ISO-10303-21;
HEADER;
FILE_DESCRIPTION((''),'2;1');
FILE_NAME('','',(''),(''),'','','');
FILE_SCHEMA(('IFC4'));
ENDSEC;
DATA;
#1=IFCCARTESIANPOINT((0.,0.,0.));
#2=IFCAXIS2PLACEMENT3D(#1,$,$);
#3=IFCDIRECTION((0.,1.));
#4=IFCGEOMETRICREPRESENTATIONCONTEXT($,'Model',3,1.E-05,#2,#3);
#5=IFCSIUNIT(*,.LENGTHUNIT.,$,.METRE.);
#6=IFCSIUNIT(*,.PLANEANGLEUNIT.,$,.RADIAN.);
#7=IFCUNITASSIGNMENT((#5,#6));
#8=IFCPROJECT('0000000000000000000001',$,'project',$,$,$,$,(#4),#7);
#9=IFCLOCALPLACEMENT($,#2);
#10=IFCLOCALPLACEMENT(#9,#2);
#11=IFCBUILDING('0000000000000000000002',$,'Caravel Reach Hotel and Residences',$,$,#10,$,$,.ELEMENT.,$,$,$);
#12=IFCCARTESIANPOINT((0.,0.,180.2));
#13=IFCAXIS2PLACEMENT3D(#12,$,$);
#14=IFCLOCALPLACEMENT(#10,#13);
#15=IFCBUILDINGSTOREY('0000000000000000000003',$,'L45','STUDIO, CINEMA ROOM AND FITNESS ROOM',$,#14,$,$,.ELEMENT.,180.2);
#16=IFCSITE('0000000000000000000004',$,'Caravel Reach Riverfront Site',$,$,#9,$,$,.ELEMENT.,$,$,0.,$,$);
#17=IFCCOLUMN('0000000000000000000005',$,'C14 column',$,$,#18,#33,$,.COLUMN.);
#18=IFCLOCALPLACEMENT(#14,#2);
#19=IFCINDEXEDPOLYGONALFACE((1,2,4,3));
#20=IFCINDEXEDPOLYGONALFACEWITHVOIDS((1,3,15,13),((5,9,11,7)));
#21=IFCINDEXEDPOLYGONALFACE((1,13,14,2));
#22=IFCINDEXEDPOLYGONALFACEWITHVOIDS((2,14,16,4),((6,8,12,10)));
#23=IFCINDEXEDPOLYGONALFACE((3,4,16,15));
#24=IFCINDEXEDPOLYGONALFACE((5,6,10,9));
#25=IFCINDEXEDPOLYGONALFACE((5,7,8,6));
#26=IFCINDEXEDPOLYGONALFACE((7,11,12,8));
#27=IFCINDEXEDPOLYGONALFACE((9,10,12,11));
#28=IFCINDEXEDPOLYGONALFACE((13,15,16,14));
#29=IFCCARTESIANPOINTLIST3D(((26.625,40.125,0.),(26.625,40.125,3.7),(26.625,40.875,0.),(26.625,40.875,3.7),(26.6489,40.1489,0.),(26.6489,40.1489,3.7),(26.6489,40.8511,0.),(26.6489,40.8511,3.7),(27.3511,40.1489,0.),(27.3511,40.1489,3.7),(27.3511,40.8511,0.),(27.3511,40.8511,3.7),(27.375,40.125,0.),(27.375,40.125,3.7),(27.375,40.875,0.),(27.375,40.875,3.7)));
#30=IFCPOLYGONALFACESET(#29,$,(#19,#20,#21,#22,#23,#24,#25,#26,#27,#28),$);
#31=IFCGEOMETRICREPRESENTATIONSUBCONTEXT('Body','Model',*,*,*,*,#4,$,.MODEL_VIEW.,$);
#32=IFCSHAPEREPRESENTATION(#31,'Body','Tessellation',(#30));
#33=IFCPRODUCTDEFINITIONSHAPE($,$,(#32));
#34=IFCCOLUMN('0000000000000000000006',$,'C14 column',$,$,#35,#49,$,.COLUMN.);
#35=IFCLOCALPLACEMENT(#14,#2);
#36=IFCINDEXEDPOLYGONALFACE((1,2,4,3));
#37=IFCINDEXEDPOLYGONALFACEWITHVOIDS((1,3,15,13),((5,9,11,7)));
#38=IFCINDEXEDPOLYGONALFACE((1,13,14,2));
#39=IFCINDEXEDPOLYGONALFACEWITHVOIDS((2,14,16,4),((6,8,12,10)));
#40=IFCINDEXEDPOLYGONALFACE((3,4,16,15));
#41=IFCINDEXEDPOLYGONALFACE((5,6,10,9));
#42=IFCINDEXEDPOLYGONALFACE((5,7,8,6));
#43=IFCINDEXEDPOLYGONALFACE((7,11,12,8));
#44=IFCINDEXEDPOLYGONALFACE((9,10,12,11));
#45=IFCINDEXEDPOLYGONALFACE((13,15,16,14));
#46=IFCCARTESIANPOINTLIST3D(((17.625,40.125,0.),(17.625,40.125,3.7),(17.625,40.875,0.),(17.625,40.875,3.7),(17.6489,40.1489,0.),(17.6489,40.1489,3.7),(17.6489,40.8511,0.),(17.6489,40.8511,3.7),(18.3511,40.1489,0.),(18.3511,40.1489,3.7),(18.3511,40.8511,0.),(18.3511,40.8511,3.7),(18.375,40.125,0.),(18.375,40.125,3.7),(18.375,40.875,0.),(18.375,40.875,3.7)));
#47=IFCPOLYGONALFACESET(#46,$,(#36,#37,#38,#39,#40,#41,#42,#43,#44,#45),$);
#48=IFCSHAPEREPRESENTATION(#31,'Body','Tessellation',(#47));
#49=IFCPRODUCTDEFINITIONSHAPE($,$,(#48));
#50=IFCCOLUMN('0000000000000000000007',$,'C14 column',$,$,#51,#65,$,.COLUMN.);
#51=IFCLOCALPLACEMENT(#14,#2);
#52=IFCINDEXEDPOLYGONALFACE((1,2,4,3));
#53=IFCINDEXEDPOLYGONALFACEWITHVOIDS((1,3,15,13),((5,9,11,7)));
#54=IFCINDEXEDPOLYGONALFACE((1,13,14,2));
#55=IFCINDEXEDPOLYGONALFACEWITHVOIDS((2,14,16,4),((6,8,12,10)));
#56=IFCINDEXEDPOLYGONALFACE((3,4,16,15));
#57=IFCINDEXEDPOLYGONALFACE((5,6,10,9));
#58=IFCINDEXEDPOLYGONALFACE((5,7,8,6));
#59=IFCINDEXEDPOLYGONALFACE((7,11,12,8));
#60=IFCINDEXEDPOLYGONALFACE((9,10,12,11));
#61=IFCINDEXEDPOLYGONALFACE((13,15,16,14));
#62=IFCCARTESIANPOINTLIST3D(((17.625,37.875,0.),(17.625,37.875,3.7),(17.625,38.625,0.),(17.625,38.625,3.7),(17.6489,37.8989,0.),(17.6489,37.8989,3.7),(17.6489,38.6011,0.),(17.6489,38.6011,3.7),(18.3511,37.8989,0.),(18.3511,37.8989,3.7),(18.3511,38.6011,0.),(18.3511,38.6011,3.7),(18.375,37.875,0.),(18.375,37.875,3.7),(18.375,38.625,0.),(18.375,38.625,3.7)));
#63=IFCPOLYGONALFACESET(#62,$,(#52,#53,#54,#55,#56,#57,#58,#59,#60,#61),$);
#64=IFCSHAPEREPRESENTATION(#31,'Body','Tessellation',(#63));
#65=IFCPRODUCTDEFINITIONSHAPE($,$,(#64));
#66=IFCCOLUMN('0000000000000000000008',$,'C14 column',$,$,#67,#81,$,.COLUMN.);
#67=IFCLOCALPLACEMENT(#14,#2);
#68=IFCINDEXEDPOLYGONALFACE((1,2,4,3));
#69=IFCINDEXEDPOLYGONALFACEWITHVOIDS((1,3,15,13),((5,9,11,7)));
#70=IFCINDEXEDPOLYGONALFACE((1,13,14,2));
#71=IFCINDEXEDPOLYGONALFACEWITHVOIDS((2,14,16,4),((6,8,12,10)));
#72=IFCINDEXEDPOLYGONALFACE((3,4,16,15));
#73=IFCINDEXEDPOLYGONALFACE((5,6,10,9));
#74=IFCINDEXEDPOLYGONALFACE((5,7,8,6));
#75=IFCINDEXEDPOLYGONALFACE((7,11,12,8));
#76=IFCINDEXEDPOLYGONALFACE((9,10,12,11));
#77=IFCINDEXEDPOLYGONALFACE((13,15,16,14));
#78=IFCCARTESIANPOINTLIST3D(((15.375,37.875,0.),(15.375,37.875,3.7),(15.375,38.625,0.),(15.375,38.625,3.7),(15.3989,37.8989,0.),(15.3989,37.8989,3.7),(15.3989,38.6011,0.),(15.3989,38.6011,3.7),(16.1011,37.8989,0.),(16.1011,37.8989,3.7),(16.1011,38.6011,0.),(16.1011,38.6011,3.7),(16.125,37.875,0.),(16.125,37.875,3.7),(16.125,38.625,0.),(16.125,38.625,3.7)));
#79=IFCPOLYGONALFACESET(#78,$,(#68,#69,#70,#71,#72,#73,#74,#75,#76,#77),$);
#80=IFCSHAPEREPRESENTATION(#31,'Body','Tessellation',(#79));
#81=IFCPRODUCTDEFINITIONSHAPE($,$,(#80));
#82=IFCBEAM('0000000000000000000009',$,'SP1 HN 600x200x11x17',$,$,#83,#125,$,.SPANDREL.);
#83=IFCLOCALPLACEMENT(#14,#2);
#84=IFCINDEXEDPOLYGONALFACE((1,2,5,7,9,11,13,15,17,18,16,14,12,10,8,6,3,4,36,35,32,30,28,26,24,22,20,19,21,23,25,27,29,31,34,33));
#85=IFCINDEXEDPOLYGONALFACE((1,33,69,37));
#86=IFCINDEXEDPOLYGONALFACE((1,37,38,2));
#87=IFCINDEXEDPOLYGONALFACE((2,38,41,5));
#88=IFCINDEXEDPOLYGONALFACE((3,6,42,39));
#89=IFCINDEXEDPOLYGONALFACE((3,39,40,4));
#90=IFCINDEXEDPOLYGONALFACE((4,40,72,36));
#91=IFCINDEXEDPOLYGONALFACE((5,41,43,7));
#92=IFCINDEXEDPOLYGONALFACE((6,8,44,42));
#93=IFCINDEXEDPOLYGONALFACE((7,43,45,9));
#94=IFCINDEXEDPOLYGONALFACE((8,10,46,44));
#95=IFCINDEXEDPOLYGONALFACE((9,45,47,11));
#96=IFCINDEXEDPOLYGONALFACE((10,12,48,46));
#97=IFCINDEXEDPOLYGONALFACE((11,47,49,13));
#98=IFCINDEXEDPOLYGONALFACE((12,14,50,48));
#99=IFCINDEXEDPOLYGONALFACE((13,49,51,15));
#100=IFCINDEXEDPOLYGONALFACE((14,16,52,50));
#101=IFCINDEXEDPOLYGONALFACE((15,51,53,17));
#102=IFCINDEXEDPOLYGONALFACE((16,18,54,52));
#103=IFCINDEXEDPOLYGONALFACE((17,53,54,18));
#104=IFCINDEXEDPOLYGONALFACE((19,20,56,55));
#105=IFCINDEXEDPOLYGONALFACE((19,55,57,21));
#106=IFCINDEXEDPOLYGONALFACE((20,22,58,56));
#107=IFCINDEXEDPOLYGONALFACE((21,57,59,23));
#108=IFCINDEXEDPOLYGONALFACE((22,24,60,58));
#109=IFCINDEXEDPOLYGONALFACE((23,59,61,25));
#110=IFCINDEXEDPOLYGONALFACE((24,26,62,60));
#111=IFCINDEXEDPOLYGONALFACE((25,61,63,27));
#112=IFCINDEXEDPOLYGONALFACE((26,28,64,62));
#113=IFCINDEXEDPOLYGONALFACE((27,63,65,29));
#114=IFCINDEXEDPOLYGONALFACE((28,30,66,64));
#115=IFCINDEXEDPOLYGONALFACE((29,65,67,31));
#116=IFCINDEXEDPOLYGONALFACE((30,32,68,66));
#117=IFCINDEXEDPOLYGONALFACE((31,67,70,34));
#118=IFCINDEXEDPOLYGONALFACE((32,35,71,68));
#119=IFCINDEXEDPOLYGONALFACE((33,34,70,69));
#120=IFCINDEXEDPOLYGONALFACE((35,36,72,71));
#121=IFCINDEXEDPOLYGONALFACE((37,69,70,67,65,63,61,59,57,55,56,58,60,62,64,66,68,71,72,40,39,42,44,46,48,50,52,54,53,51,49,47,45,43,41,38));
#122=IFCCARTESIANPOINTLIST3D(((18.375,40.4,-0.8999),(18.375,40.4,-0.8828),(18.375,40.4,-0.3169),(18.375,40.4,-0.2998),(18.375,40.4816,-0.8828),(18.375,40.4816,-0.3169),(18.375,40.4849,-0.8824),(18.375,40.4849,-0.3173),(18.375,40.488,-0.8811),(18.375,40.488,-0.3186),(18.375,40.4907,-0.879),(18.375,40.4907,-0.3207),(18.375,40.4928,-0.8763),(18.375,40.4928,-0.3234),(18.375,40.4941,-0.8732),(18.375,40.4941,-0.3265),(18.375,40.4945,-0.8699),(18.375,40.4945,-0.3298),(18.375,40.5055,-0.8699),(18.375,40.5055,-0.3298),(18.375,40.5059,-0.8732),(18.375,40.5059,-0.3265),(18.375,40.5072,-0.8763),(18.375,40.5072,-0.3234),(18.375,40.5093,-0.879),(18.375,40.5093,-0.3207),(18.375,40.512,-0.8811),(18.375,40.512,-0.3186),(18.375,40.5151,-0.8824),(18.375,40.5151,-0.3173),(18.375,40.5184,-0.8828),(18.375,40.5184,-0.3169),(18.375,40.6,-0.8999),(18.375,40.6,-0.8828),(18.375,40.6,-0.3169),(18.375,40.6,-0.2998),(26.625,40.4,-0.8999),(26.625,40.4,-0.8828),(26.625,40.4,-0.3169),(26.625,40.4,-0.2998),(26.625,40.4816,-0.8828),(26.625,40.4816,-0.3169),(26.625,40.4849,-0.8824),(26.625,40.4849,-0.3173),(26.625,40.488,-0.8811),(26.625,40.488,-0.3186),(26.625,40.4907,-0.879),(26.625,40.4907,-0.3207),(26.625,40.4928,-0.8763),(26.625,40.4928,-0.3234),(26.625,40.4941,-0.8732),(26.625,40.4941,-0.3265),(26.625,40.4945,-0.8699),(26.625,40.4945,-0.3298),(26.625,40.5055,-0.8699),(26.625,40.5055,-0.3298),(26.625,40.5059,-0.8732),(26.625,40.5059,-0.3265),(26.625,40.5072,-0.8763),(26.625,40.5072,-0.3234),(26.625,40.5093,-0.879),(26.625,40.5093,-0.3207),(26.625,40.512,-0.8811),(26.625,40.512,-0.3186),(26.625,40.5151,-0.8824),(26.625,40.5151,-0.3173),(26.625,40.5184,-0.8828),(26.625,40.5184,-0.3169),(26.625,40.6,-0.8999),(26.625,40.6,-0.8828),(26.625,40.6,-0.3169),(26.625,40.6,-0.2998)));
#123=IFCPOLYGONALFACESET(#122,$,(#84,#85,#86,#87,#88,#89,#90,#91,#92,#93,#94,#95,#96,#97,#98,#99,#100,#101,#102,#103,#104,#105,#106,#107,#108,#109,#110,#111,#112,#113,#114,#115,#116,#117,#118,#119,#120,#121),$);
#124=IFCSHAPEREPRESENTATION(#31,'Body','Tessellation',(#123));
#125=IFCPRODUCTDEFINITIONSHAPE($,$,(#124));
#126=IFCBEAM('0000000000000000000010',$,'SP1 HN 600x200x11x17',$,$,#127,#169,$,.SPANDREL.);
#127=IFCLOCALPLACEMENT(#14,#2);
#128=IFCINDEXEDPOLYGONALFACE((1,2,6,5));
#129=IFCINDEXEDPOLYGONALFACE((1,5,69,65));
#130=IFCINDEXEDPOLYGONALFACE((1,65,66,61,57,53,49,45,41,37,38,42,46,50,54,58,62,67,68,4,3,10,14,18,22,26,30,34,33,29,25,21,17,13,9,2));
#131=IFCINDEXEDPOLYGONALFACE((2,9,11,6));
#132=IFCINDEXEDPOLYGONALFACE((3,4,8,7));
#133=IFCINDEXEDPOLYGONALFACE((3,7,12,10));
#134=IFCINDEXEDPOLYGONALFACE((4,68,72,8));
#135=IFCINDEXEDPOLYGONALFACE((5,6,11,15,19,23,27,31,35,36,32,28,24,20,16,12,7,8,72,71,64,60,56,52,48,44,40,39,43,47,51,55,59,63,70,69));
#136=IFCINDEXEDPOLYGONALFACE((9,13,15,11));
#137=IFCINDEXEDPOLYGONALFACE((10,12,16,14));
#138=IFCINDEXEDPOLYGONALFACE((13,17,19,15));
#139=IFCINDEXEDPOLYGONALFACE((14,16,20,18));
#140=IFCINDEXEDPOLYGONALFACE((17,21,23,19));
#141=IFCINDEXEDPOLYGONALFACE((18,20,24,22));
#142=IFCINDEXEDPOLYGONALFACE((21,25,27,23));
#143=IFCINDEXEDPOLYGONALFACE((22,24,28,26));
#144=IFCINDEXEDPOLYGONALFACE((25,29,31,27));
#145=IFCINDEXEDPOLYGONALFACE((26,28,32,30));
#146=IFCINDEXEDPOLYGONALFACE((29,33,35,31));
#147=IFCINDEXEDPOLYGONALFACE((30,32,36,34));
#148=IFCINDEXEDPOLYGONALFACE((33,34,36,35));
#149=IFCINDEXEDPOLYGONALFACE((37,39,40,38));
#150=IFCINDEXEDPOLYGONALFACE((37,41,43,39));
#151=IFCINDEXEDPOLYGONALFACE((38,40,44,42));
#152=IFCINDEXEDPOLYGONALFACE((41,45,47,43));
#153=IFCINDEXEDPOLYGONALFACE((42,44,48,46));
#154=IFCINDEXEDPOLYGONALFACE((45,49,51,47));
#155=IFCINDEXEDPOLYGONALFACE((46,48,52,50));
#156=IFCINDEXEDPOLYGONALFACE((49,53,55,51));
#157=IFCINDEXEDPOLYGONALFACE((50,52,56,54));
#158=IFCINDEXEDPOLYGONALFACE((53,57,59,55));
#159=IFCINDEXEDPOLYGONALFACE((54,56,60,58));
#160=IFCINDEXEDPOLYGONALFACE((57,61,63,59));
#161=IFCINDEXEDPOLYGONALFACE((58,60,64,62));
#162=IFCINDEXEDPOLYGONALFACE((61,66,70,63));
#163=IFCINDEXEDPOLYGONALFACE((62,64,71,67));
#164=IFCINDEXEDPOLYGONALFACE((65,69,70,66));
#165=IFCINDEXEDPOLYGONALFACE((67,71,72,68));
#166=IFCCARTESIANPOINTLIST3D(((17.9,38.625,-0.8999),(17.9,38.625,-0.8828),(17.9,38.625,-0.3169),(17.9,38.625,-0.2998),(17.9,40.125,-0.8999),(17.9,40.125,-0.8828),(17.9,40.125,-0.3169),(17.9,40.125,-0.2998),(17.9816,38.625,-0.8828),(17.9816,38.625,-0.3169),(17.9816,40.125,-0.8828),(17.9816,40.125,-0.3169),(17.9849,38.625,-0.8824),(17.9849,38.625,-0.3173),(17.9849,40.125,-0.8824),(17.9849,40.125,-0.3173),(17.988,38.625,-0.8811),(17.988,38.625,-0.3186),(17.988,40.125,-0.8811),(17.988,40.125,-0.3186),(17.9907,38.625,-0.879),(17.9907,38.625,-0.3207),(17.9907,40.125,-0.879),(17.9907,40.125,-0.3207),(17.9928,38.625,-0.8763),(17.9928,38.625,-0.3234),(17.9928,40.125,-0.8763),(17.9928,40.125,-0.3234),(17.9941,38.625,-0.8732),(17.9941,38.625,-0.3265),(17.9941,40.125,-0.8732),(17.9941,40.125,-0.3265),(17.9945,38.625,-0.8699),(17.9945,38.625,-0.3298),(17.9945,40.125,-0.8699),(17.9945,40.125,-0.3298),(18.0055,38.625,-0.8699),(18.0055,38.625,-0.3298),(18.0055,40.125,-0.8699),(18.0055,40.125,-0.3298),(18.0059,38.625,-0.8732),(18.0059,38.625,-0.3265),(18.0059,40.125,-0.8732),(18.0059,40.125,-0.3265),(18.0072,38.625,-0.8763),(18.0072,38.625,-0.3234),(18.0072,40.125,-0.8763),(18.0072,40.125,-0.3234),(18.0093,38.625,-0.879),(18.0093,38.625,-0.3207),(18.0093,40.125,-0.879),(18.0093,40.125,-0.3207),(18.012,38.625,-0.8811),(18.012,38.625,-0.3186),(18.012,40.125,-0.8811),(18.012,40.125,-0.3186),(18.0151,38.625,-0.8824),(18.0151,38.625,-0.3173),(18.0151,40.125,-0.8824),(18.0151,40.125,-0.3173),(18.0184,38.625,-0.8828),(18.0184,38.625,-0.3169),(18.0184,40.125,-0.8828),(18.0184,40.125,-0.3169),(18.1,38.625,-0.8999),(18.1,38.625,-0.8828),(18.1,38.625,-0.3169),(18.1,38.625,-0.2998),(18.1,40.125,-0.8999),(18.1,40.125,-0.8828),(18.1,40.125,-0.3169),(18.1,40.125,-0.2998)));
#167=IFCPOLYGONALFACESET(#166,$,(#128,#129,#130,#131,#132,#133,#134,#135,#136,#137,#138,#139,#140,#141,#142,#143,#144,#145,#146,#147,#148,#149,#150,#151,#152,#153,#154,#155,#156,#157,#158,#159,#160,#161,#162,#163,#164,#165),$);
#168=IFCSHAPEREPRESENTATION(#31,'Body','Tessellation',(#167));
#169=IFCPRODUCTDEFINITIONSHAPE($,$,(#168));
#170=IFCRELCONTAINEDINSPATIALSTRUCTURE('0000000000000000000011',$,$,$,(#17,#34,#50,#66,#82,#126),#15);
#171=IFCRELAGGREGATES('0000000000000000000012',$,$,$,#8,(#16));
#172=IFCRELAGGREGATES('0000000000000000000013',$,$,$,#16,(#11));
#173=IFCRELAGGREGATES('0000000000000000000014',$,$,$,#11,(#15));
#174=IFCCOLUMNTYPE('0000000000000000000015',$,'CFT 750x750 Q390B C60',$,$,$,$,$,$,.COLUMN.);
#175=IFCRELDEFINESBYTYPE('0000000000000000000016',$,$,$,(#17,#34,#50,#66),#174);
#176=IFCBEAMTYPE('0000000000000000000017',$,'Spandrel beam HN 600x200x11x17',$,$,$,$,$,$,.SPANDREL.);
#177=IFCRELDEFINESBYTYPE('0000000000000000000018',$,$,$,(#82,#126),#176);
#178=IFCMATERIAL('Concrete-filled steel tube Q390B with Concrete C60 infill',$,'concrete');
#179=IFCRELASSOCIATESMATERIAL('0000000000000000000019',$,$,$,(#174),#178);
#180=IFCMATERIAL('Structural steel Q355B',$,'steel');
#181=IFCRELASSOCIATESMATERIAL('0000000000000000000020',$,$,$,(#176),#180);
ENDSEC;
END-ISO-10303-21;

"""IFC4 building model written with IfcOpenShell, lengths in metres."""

from ifc_helpers import new_model, si_unit, direction, frame, origin, origin_2d, place, context, subcontext, project, spatial, hollow_rectangle, i_section, extrude, material, material_profile, profile_set, type_object, element, save


model = new_model("IFC4")

# Units and contexts
model_context = context("Model", 3, precision=1e-05, world=origin(), true_north=direction((0.0, 1.0)))
body_context = subcontext(model_context, "Body", "Model", "MODEL_VIEW")
ifc_project = project(units=[si_unit("LENGTHUNIT", "METRE"), si_unit("PLANEANGLEUNIT", "RADIAN")], contexts=[model_context])

# Site, building, storey
site_placement = place(None, origin())
site = spatial("IfcSite", under=ifc_project, at=site_placement, Name="Caravel Reach Riverfront Site", CompositionType="ELEMENT", RefElevation=0.0)
building_placement = place(site_placement, origin())
building = spatial("IfcBuilding", under=site, at=building_placement, Name="Caravel Reach Hotel and Residences", CompositionType="ELEMENT")
storey_placement = place(building_placement, frame((0.0, 0.0, 180.2)))
storey = spatial("IfcBuildingStorey", under=building, at=storey_placement, Name="L45", Description="STUDIO, CINEMA ROOM AND FITNESS ROOM", CompositionType="ELEMENT", Elevation=180.2)

# Columns
ifc_material_1 = material(Name="Concrete-filled steel tube Q390B with Concrete C60 infill", Category="concrete")
ifc_material_profile_1 = material_profile(ifc_material_1, hollow_rectangle(XDim=0.75, YDim=0.75, WallThickness=0.0239, at=origin_2d()), Name="RHS 750x750x24")
ifc_profile_set_1 = profile_set([ifc_material_profile_1], Name="Concrete-filled steel tube Q390B with Concrete C60 infill")
column_type = type_object("IfcColumnType", Name="CFT 750x750 Q390B C60", PredefinedType="COLUMN", material=ifc_profile_set_1)
for number, where, z_axis, x_axis, name in (
    (1, (27.0, 40.5, 0.0), (0.0, 0.0, 1.0), (1.0, 0.0, 0.0), "C14 column"),
    (2, (18.0, 40.5, 0.0), (0.0, 0.0, 1.0), (1.0, 0.0, 0.0), "C14 column"),
    (3, (18.0, 38.25, 0.0), (0.0, 0.0, 1.0), (1.0, 0.0, 0.0), "C14 column"),
    (4, (15.75, 38.25, 0.0), (0.0, 0.0, 1.0), (1.0, 0.0, 0.0), "C14 column"),
):
    element("IfcColumn", number, at=place(storey_placement, frame(where, z_axis=z_axis, x_axis=x_axis)), inside=storey, type_object=column_type, Name=name, PredefinedType="COLUMN", context=body_context, shape_type="SweptSolid", body=[
        extrude(hollow_rectangle(XDim=0.75, YDim=0.75, WallThickness=0.0239, at=origin_2d()), origin(), (0.0, 0.0, 1.0), 3.7),
    ])

# Beams
ifc_material_2 = material(Name="Structural steel Q355B", Category="steel")
ifc_material_profile_2 = material_profile(ifc_material_2, i_section(OverallWidth=0.2, OverallDepth=0.6001, WebThickness=0.011, FlangeThickness=0.0171, FilletRadius=0.0129, at=origin_2d()), Name="HN 600x200x11x17")
ifc_profile_set_2 = profile_set([ifc_material_profile_2], Name="Structural steel Q355B")
beam_type = type_object("IfcBeamType", Name="Spandrel beam HN 600x200x11x17", PredefinedType="SPANDREL", material=ifc_profile_set_2)
beam_placement = place(storey_placement, frame((26.625, 40.5, -0.5999), z_axis=(-1.0, 0.0, 0.0), x_axis=(0.0, -1.0, 0.0)))
element("IfcBeam", 5, at=beam_placement, inside=storey, type_object=beam_type, Name="SP1 HN 600x200x11x17", PredefinedType="SPANDREL", context=body_context, shape_type="SweptSolid", body=[
    extrude(i_section(OverallWidth=0.2, OverallDepth=0.6001, WebThickness=0.011, FlangeThickness=0.0171, FilletRadius=0.0129, at=origin_2d()), origin(), (0.0, 0.0, 1.0), 8.25),
])
for number, where, z_axis, x_axis, name in (
    (6, (18.0, 40.125, -0.5999), (0.0, -1.0, 0.0), (1.0, 0.0, 0.0), "SP1 HN 600x200x11x17"),
):
    element("IfcBeam", number, at=place(storey_placement, frame(where, z_axis=z_axis, x_axis=x_axis)), inside=storey, type_object=beam_type, Name=name, PredefinedType="SPANDREL", context=body_context, shape_type="SweptSolid", body=[
        extrude(i_section(OverallWidth=0.2, OverallDepth=0.6001, WebThickness=0.011, FlangeThickness=0.0171, FilletRadius=0.0129, at=origin_2d()), origin(), (0.0, 0.0, 1.0), 1.5),
    ])

save(model, "model.ifc")
